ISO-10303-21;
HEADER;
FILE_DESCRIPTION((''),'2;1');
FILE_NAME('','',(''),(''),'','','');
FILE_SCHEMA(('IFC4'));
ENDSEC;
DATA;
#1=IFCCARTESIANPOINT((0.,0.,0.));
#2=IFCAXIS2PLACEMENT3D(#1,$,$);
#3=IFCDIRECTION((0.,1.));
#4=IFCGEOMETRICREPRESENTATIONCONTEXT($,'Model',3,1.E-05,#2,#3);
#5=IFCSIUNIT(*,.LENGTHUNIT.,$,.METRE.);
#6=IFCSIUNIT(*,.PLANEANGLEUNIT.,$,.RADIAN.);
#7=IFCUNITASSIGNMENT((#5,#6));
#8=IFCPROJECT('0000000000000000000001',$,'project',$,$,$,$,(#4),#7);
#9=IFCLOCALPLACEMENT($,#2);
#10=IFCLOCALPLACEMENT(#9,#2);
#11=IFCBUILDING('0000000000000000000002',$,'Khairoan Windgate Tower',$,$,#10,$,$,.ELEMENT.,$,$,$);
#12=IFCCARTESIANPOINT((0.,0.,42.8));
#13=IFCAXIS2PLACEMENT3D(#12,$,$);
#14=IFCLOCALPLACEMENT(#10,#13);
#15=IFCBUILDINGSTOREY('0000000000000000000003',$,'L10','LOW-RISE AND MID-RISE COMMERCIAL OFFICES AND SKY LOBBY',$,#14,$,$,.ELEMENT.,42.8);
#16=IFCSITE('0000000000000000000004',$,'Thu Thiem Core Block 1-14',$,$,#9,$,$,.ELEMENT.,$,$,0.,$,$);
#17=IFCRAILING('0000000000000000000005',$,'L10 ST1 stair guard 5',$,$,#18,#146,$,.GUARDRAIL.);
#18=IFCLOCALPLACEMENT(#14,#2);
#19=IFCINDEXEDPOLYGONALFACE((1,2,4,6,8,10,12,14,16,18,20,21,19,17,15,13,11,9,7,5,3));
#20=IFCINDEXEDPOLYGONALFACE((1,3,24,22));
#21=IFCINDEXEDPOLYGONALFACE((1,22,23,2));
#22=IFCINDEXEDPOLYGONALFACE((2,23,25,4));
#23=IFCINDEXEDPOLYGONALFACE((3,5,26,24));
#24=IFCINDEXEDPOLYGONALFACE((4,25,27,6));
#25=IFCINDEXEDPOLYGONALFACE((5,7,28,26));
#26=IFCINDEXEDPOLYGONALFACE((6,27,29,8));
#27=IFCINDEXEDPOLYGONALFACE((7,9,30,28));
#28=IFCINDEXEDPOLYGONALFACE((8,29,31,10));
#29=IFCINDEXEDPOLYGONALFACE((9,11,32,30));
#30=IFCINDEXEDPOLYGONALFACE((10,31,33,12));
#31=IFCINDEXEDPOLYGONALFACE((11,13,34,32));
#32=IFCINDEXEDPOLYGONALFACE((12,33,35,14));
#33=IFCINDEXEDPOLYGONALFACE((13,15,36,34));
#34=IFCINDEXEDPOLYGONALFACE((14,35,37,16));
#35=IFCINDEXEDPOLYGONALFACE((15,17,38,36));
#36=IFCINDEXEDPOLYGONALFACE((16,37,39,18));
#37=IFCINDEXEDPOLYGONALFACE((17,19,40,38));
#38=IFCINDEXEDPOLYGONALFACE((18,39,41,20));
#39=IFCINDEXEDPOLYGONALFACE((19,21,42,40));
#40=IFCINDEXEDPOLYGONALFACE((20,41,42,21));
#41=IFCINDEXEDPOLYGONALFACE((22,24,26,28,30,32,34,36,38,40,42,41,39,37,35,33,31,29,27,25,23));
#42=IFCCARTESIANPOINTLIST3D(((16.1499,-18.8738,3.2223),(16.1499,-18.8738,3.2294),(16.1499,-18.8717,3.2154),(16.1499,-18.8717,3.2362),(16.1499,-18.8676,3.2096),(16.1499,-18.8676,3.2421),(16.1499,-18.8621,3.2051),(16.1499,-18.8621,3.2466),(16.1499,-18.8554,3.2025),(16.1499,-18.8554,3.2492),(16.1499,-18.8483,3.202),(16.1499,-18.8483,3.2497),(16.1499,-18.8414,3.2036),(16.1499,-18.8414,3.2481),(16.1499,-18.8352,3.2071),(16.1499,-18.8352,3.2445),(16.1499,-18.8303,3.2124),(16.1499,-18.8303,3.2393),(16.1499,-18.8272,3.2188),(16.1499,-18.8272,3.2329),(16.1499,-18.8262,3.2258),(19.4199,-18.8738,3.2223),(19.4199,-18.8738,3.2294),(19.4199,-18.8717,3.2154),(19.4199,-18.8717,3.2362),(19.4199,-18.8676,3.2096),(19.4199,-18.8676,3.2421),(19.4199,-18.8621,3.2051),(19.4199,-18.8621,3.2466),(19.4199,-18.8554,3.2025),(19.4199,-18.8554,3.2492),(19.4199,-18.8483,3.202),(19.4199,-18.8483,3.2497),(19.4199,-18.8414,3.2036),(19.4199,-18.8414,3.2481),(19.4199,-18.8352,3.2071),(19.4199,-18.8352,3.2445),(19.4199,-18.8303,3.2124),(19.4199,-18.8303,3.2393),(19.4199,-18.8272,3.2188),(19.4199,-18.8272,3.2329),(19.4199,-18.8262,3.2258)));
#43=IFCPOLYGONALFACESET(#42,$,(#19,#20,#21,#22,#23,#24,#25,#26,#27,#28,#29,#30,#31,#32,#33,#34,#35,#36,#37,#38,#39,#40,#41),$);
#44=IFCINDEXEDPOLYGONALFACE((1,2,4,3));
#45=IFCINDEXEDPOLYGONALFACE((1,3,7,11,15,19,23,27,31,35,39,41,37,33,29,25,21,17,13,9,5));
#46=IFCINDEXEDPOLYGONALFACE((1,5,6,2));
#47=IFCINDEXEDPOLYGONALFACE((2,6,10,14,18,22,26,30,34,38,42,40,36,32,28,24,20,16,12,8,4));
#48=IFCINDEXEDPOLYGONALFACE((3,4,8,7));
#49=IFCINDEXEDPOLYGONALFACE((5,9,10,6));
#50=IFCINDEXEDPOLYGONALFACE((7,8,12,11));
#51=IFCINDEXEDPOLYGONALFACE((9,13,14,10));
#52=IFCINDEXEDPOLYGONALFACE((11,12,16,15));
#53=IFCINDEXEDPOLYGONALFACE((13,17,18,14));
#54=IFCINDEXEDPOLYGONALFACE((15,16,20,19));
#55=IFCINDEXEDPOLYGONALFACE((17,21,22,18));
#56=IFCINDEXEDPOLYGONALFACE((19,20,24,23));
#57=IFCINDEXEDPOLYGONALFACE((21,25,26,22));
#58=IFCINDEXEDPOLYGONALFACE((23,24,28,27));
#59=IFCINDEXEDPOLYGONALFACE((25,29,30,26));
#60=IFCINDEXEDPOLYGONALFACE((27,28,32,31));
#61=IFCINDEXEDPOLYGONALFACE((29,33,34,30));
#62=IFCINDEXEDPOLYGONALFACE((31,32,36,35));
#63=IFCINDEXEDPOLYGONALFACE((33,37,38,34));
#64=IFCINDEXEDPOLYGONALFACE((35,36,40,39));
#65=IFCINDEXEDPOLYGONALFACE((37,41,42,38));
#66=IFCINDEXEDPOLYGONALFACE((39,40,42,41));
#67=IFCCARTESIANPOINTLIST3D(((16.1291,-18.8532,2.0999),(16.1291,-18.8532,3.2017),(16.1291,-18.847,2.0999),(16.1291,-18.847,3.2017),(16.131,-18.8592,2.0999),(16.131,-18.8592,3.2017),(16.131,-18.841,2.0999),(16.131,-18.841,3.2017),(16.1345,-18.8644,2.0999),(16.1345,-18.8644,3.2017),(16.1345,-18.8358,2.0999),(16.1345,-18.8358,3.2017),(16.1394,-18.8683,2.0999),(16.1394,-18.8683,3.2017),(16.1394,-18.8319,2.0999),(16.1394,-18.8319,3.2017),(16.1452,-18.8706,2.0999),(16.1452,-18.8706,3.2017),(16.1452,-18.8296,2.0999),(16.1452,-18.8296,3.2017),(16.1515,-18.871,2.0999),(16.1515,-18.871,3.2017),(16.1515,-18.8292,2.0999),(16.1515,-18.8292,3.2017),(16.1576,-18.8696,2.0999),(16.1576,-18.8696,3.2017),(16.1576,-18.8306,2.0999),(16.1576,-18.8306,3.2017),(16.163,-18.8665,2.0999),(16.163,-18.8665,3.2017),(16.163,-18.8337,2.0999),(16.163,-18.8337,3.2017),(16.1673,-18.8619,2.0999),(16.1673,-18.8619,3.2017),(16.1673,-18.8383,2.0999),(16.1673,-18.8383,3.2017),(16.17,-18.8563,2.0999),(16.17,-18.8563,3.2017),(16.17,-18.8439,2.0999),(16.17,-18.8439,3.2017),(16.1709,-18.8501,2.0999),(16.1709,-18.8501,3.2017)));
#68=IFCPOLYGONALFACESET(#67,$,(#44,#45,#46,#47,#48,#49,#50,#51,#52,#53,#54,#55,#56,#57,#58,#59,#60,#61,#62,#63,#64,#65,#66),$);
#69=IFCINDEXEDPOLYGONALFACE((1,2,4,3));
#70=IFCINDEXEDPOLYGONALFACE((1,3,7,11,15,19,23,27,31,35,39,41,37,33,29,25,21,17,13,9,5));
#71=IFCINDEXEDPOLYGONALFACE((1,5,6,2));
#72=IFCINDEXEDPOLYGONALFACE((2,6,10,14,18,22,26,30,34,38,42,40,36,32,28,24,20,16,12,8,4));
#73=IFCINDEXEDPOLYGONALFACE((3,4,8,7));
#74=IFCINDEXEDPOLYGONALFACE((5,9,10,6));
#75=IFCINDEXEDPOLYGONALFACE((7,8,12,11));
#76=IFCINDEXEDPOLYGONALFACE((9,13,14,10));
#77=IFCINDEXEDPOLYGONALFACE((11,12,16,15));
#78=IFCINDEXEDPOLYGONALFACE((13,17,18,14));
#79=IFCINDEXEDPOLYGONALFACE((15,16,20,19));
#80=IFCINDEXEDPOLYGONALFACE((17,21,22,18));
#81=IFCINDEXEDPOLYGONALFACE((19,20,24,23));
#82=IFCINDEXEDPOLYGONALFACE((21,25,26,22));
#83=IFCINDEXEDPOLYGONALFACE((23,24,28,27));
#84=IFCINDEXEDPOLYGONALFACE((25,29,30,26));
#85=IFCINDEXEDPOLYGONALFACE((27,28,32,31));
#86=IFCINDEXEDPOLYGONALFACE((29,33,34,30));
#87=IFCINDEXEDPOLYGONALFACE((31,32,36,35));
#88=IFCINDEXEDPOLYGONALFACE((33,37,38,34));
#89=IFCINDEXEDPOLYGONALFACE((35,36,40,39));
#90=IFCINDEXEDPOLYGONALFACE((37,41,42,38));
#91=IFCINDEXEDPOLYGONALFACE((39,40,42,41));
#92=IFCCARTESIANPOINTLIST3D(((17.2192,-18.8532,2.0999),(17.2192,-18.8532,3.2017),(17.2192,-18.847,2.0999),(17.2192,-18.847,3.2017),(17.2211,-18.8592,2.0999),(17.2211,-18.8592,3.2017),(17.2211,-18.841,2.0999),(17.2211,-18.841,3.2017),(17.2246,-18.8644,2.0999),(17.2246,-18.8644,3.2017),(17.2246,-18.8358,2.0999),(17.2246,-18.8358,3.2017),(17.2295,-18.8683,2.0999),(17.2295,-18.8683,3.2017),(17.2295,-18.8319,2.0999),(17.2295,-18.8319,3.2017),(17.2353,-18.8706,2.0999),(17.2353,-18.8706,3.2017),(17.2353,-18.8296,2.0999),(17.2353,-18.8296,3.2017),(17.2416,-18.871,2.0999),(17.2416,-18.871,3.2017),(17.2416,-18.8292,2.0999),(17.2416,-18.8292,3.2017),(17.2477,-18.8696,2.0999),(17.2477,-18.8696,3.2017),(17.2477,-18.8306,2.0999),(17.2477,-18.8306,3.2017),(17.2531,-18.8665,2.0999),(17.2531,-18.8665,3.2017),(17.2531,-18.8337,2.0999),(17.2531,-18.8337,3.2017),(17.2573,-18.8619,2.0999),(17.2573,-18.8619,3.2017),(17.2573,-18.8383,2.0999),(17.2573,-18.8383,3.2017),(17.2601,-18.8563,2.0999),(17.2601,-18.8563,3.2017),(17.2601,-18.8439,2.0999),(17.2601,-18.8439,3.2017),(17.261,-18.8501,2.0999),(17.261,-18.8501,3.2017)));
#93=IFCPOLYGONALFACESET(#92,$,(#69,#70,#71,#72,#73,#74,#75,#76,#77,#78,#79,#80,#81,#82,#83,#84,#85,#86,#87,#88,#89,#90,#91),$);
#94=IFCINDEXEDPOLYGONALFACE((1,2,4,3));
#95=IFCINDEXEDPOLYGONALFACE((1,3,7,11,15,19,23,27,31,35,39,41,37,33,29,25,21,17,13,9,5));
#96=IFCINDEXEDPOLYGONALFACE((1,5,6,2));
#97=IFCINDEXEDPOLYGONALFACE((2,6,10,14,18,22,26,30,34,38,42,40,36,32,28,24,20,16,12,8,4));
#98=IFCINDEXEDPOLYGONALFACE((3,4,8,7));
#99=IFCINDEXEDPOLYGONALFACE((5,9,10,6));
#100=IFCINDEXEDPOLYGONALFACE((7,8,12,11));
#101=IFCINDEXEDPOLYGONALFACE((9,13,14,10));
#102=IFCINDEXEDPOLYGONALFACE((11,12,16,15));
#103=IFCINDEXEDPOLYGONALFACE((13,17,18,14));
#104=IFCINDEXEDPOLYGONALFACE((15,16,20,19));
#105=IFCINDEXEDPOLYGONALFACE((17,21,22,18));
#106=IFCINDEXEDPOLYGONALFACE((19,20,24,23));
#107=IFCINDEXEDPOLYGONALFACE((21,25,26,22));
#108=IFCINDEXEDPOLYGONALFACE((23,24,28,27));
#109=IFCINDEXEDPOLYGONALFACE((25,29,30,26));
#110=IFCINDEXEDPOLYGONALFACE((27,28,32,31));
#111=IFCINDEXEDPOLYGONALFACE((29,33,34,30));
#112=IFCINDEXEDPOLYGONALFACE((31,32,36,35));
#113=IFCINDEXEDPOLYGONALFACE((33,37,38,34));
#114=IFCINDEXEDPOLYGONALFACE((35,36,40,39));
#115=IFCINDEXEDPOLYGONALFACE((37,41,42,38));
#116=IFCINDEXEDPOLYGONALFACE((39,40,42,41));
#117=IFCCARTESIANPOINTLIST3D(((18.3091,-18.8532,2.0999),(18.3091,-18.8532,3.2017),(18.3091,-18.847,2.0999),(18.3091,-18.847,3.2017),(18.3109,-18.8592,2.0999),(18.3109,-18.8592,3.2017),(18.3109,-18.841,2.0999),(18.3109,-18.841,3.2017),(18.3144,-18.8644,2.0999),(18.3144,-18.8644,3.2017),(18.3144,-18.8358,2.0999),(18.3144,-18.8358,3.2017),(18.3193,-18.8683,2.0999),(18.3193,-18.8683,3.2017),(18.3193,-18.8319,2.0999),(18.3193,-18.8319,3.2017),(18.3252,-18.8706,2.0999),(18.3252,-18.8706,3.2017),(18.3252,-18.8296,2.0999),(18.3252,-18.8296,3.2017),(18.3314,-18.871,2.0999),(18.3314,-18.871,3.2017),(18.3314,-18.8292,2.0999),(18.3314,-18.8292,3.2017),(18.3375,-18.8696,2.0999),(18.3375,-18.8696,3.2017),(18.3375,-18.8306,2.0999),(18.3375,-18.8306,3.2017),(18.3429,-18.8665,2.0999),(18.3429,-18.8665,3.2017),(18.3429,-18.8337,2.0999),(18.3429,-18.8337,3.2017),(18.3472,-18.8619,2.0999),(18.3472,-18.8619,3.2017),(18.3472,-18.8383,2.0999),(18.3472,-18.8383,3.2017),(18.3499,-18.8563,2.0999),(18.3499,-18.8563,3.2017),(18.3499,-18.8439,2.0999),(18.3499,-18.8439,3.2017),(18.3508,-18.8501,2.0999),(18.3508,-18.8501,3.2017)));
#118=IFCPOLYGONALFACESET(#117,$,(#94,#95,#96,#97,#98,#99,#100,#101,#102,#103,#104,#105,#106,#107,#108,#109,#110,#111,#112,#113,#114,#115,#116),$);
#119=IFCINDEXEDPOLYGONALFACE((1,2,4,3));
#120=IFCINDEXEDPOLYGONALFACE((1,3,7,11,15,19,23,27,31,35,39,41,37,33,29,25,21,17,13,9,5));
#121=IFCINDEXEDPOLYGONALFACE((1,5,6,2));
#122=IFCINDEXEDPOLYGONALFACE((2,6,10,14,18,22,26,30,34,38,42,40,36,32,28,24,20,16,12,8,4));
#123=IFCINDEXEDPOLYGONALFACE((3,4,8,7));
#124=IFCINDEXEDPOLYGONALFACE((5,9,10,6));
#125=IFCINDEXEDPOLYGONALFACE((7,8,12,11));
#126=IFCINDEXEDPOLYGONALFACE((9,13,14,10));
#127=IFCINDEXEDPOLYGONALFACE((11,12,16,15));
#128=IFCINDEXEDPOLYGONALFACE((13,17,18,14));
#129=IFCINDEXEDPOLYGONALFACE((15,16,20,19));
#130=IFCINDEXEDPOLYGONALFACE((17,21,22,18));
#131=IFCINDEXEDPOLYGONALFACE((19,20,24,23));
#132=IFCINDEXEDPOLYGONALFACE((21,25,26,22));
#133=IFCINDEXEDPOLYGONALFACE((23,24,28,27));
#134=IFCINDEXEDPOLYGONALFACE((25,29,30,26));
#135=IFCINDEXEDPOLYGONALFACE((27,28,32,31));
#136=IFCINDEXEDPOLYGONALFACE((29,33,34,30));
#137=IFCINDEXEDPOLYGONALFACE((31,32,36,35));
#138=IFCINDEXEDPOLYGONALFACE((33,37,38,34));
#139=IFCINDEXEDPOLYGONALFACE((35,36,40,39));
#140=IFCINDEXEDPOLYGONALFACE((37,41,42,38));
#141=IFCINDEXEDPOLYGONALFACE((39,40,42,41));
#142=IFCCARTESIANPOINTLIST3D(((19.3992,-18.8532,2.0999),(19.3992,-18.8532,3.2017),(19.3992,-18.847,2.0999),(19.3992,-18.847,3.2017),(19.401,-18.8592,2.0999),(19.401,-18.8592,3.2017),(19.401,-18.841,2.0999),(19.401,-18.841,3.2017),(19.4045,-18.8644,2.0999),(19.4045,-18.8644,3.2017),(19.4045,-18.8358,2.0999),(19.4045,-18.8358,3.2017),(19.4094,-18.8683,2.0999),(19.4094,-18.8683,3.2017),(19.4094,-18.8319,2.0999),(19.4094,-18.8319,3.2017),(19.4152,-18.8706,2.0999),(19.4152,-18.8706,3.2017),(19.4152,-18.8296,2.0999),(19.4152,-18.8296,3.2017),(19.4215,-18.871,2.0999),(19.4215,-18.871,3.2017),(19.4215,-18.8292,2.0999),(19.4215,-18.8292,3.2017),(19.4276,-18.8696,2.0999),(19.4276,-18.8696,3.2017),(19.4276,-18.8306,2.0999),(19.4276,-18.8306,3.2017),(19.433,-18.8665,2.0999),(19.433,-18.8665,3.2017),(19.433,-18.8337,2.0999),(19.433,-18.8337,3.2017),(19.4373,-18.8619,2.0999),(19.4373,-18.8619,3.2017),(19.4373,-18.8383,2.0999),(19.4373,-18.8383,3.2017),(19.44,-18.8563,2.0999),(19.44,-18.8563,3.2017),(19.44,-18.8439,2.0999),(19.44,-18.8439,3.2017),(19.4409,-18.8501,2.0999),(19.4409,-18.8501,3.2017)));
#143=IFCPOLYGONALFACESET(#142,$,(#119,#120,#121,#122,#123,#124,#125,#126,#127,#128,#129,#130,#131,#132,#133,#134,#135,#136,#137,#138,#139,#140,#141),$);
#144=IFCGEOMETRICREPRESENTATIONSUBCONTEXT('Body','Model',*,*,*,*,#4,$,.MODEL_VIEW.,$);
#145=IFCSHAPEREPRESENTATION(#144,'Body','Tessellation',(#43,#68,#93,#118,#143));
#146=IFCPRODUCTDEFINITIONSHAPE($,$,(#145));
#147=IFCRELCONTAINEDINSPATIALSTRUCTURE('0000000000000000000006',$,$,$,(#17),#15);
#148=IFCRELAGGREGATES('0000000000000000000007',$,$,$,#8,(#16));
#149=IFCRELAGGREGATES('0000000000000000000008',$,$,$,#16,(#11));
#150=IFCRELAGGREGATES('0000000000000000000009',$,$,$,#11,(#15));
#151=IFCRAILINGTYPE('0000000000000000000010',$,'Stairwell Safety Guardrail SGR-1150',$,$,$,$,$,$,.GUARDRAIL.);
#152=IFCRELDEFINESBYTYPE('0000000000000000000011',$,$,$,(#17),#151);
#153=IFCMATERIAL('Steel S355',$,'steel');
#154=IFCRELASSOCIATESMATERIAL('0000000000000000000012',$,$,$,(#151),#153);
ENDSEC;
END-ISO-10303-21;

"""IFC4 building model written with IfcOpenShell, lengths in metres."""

from ifc_helpers import new_model, si_unit, direction, frame, origin, origin_2d, place, context, subcontext, project, spatial, circle, extrude, material, type_object, element, save


model = new_model("IFC4")

# Units and contexts
model_context = context("Model", 3, precision=1e-05, world=origin(), true_north=direction((0.0, 1.0)))
body_context = subcontext(model_context, "Body", "Model", "MODEL_VIEW")
ifc_project = project(units=[si_unit("LENGTHUNIT", "METRE"), si_unit("PLANEANGLEUNIT", "RADIAN")], contexts=[model_context])

# Site, building, storey
site_placement = place(None, origin())
site = spatial("IfcSite", under=ifc_project, at=site_placement, Name="Thu Thiem Core Block 1-14", CompositionType="ELEMENT", RefElevation=0.0)
building_placement = place(site_placement, origin())
building = spatial("IfcBuilding", under=site, at=building_placement, Name="Khairoan Windgate Tower", CompositionType="ELEMENT")
storey_placement = place(building_placement, frame((0.0, 0.0, 42.8)))
storey = spatial("IfcBuildingStorey", under=building, at=storey_placement, Name="L10", Description="LOW-RISE AND MID-RISE COMMERCIAL OFFICES AND SKY LOBBY", CompositionType="ELEMENT", Elevation=42.8)

# Railing
ifc_material_1 = material(Name="Steel S355", Category="steel")
railing_type_1 = type_object("IfcRailingType", Name="Stairwell Safety Guardrail SGR-1150", PredefinedType="GUARDRAIL", material=ifc_material_1)
railing_1_placement = place(storey_placement, frame((16.1499, -18.8501, 2.0999)))
element("IfcRailing", 1, at=railing_1_placement, inside=storey, type_object=railing_type_1, Name="L10 ST1 stair guard 5", PredefinedType="GUARDRAIL", context=body_context, shape_type="SweptSolid", body=[
    extrude(circle(Radius=0.0239, at=origin_2d()), frame((0.0, 0.0, 1.126), z_axis=(1.0, 0.0, 0.0), x_axis=(0.0, 1.0, 0.0)), (0.0, 0.0, 1.0), 3.27),
    extrude(circle(Radius=0.021, at=origin_2d()), origin(), (0.0, 0.0, 1.0), 1.1018),
    extrude(circle(Radius=0.021, at=origin_2d()), frame((1.0901, 0.0, 0.0)), (0.0, 0.0, 1.0), 1.1018),
    extrude(circle(Radius=0.021, at=origin_2d()), frame((2.1799, 0.0, 0.0)), (0.0, 0.0, 1.0), 1.1018),
    extrude(circle(Radius=0.021, at=origin_2d()), frame((3.27, 0.0, 0.0)), (0.0, 0.0, 1.0), 1.1018),
])

save(model, "model.ifc")
